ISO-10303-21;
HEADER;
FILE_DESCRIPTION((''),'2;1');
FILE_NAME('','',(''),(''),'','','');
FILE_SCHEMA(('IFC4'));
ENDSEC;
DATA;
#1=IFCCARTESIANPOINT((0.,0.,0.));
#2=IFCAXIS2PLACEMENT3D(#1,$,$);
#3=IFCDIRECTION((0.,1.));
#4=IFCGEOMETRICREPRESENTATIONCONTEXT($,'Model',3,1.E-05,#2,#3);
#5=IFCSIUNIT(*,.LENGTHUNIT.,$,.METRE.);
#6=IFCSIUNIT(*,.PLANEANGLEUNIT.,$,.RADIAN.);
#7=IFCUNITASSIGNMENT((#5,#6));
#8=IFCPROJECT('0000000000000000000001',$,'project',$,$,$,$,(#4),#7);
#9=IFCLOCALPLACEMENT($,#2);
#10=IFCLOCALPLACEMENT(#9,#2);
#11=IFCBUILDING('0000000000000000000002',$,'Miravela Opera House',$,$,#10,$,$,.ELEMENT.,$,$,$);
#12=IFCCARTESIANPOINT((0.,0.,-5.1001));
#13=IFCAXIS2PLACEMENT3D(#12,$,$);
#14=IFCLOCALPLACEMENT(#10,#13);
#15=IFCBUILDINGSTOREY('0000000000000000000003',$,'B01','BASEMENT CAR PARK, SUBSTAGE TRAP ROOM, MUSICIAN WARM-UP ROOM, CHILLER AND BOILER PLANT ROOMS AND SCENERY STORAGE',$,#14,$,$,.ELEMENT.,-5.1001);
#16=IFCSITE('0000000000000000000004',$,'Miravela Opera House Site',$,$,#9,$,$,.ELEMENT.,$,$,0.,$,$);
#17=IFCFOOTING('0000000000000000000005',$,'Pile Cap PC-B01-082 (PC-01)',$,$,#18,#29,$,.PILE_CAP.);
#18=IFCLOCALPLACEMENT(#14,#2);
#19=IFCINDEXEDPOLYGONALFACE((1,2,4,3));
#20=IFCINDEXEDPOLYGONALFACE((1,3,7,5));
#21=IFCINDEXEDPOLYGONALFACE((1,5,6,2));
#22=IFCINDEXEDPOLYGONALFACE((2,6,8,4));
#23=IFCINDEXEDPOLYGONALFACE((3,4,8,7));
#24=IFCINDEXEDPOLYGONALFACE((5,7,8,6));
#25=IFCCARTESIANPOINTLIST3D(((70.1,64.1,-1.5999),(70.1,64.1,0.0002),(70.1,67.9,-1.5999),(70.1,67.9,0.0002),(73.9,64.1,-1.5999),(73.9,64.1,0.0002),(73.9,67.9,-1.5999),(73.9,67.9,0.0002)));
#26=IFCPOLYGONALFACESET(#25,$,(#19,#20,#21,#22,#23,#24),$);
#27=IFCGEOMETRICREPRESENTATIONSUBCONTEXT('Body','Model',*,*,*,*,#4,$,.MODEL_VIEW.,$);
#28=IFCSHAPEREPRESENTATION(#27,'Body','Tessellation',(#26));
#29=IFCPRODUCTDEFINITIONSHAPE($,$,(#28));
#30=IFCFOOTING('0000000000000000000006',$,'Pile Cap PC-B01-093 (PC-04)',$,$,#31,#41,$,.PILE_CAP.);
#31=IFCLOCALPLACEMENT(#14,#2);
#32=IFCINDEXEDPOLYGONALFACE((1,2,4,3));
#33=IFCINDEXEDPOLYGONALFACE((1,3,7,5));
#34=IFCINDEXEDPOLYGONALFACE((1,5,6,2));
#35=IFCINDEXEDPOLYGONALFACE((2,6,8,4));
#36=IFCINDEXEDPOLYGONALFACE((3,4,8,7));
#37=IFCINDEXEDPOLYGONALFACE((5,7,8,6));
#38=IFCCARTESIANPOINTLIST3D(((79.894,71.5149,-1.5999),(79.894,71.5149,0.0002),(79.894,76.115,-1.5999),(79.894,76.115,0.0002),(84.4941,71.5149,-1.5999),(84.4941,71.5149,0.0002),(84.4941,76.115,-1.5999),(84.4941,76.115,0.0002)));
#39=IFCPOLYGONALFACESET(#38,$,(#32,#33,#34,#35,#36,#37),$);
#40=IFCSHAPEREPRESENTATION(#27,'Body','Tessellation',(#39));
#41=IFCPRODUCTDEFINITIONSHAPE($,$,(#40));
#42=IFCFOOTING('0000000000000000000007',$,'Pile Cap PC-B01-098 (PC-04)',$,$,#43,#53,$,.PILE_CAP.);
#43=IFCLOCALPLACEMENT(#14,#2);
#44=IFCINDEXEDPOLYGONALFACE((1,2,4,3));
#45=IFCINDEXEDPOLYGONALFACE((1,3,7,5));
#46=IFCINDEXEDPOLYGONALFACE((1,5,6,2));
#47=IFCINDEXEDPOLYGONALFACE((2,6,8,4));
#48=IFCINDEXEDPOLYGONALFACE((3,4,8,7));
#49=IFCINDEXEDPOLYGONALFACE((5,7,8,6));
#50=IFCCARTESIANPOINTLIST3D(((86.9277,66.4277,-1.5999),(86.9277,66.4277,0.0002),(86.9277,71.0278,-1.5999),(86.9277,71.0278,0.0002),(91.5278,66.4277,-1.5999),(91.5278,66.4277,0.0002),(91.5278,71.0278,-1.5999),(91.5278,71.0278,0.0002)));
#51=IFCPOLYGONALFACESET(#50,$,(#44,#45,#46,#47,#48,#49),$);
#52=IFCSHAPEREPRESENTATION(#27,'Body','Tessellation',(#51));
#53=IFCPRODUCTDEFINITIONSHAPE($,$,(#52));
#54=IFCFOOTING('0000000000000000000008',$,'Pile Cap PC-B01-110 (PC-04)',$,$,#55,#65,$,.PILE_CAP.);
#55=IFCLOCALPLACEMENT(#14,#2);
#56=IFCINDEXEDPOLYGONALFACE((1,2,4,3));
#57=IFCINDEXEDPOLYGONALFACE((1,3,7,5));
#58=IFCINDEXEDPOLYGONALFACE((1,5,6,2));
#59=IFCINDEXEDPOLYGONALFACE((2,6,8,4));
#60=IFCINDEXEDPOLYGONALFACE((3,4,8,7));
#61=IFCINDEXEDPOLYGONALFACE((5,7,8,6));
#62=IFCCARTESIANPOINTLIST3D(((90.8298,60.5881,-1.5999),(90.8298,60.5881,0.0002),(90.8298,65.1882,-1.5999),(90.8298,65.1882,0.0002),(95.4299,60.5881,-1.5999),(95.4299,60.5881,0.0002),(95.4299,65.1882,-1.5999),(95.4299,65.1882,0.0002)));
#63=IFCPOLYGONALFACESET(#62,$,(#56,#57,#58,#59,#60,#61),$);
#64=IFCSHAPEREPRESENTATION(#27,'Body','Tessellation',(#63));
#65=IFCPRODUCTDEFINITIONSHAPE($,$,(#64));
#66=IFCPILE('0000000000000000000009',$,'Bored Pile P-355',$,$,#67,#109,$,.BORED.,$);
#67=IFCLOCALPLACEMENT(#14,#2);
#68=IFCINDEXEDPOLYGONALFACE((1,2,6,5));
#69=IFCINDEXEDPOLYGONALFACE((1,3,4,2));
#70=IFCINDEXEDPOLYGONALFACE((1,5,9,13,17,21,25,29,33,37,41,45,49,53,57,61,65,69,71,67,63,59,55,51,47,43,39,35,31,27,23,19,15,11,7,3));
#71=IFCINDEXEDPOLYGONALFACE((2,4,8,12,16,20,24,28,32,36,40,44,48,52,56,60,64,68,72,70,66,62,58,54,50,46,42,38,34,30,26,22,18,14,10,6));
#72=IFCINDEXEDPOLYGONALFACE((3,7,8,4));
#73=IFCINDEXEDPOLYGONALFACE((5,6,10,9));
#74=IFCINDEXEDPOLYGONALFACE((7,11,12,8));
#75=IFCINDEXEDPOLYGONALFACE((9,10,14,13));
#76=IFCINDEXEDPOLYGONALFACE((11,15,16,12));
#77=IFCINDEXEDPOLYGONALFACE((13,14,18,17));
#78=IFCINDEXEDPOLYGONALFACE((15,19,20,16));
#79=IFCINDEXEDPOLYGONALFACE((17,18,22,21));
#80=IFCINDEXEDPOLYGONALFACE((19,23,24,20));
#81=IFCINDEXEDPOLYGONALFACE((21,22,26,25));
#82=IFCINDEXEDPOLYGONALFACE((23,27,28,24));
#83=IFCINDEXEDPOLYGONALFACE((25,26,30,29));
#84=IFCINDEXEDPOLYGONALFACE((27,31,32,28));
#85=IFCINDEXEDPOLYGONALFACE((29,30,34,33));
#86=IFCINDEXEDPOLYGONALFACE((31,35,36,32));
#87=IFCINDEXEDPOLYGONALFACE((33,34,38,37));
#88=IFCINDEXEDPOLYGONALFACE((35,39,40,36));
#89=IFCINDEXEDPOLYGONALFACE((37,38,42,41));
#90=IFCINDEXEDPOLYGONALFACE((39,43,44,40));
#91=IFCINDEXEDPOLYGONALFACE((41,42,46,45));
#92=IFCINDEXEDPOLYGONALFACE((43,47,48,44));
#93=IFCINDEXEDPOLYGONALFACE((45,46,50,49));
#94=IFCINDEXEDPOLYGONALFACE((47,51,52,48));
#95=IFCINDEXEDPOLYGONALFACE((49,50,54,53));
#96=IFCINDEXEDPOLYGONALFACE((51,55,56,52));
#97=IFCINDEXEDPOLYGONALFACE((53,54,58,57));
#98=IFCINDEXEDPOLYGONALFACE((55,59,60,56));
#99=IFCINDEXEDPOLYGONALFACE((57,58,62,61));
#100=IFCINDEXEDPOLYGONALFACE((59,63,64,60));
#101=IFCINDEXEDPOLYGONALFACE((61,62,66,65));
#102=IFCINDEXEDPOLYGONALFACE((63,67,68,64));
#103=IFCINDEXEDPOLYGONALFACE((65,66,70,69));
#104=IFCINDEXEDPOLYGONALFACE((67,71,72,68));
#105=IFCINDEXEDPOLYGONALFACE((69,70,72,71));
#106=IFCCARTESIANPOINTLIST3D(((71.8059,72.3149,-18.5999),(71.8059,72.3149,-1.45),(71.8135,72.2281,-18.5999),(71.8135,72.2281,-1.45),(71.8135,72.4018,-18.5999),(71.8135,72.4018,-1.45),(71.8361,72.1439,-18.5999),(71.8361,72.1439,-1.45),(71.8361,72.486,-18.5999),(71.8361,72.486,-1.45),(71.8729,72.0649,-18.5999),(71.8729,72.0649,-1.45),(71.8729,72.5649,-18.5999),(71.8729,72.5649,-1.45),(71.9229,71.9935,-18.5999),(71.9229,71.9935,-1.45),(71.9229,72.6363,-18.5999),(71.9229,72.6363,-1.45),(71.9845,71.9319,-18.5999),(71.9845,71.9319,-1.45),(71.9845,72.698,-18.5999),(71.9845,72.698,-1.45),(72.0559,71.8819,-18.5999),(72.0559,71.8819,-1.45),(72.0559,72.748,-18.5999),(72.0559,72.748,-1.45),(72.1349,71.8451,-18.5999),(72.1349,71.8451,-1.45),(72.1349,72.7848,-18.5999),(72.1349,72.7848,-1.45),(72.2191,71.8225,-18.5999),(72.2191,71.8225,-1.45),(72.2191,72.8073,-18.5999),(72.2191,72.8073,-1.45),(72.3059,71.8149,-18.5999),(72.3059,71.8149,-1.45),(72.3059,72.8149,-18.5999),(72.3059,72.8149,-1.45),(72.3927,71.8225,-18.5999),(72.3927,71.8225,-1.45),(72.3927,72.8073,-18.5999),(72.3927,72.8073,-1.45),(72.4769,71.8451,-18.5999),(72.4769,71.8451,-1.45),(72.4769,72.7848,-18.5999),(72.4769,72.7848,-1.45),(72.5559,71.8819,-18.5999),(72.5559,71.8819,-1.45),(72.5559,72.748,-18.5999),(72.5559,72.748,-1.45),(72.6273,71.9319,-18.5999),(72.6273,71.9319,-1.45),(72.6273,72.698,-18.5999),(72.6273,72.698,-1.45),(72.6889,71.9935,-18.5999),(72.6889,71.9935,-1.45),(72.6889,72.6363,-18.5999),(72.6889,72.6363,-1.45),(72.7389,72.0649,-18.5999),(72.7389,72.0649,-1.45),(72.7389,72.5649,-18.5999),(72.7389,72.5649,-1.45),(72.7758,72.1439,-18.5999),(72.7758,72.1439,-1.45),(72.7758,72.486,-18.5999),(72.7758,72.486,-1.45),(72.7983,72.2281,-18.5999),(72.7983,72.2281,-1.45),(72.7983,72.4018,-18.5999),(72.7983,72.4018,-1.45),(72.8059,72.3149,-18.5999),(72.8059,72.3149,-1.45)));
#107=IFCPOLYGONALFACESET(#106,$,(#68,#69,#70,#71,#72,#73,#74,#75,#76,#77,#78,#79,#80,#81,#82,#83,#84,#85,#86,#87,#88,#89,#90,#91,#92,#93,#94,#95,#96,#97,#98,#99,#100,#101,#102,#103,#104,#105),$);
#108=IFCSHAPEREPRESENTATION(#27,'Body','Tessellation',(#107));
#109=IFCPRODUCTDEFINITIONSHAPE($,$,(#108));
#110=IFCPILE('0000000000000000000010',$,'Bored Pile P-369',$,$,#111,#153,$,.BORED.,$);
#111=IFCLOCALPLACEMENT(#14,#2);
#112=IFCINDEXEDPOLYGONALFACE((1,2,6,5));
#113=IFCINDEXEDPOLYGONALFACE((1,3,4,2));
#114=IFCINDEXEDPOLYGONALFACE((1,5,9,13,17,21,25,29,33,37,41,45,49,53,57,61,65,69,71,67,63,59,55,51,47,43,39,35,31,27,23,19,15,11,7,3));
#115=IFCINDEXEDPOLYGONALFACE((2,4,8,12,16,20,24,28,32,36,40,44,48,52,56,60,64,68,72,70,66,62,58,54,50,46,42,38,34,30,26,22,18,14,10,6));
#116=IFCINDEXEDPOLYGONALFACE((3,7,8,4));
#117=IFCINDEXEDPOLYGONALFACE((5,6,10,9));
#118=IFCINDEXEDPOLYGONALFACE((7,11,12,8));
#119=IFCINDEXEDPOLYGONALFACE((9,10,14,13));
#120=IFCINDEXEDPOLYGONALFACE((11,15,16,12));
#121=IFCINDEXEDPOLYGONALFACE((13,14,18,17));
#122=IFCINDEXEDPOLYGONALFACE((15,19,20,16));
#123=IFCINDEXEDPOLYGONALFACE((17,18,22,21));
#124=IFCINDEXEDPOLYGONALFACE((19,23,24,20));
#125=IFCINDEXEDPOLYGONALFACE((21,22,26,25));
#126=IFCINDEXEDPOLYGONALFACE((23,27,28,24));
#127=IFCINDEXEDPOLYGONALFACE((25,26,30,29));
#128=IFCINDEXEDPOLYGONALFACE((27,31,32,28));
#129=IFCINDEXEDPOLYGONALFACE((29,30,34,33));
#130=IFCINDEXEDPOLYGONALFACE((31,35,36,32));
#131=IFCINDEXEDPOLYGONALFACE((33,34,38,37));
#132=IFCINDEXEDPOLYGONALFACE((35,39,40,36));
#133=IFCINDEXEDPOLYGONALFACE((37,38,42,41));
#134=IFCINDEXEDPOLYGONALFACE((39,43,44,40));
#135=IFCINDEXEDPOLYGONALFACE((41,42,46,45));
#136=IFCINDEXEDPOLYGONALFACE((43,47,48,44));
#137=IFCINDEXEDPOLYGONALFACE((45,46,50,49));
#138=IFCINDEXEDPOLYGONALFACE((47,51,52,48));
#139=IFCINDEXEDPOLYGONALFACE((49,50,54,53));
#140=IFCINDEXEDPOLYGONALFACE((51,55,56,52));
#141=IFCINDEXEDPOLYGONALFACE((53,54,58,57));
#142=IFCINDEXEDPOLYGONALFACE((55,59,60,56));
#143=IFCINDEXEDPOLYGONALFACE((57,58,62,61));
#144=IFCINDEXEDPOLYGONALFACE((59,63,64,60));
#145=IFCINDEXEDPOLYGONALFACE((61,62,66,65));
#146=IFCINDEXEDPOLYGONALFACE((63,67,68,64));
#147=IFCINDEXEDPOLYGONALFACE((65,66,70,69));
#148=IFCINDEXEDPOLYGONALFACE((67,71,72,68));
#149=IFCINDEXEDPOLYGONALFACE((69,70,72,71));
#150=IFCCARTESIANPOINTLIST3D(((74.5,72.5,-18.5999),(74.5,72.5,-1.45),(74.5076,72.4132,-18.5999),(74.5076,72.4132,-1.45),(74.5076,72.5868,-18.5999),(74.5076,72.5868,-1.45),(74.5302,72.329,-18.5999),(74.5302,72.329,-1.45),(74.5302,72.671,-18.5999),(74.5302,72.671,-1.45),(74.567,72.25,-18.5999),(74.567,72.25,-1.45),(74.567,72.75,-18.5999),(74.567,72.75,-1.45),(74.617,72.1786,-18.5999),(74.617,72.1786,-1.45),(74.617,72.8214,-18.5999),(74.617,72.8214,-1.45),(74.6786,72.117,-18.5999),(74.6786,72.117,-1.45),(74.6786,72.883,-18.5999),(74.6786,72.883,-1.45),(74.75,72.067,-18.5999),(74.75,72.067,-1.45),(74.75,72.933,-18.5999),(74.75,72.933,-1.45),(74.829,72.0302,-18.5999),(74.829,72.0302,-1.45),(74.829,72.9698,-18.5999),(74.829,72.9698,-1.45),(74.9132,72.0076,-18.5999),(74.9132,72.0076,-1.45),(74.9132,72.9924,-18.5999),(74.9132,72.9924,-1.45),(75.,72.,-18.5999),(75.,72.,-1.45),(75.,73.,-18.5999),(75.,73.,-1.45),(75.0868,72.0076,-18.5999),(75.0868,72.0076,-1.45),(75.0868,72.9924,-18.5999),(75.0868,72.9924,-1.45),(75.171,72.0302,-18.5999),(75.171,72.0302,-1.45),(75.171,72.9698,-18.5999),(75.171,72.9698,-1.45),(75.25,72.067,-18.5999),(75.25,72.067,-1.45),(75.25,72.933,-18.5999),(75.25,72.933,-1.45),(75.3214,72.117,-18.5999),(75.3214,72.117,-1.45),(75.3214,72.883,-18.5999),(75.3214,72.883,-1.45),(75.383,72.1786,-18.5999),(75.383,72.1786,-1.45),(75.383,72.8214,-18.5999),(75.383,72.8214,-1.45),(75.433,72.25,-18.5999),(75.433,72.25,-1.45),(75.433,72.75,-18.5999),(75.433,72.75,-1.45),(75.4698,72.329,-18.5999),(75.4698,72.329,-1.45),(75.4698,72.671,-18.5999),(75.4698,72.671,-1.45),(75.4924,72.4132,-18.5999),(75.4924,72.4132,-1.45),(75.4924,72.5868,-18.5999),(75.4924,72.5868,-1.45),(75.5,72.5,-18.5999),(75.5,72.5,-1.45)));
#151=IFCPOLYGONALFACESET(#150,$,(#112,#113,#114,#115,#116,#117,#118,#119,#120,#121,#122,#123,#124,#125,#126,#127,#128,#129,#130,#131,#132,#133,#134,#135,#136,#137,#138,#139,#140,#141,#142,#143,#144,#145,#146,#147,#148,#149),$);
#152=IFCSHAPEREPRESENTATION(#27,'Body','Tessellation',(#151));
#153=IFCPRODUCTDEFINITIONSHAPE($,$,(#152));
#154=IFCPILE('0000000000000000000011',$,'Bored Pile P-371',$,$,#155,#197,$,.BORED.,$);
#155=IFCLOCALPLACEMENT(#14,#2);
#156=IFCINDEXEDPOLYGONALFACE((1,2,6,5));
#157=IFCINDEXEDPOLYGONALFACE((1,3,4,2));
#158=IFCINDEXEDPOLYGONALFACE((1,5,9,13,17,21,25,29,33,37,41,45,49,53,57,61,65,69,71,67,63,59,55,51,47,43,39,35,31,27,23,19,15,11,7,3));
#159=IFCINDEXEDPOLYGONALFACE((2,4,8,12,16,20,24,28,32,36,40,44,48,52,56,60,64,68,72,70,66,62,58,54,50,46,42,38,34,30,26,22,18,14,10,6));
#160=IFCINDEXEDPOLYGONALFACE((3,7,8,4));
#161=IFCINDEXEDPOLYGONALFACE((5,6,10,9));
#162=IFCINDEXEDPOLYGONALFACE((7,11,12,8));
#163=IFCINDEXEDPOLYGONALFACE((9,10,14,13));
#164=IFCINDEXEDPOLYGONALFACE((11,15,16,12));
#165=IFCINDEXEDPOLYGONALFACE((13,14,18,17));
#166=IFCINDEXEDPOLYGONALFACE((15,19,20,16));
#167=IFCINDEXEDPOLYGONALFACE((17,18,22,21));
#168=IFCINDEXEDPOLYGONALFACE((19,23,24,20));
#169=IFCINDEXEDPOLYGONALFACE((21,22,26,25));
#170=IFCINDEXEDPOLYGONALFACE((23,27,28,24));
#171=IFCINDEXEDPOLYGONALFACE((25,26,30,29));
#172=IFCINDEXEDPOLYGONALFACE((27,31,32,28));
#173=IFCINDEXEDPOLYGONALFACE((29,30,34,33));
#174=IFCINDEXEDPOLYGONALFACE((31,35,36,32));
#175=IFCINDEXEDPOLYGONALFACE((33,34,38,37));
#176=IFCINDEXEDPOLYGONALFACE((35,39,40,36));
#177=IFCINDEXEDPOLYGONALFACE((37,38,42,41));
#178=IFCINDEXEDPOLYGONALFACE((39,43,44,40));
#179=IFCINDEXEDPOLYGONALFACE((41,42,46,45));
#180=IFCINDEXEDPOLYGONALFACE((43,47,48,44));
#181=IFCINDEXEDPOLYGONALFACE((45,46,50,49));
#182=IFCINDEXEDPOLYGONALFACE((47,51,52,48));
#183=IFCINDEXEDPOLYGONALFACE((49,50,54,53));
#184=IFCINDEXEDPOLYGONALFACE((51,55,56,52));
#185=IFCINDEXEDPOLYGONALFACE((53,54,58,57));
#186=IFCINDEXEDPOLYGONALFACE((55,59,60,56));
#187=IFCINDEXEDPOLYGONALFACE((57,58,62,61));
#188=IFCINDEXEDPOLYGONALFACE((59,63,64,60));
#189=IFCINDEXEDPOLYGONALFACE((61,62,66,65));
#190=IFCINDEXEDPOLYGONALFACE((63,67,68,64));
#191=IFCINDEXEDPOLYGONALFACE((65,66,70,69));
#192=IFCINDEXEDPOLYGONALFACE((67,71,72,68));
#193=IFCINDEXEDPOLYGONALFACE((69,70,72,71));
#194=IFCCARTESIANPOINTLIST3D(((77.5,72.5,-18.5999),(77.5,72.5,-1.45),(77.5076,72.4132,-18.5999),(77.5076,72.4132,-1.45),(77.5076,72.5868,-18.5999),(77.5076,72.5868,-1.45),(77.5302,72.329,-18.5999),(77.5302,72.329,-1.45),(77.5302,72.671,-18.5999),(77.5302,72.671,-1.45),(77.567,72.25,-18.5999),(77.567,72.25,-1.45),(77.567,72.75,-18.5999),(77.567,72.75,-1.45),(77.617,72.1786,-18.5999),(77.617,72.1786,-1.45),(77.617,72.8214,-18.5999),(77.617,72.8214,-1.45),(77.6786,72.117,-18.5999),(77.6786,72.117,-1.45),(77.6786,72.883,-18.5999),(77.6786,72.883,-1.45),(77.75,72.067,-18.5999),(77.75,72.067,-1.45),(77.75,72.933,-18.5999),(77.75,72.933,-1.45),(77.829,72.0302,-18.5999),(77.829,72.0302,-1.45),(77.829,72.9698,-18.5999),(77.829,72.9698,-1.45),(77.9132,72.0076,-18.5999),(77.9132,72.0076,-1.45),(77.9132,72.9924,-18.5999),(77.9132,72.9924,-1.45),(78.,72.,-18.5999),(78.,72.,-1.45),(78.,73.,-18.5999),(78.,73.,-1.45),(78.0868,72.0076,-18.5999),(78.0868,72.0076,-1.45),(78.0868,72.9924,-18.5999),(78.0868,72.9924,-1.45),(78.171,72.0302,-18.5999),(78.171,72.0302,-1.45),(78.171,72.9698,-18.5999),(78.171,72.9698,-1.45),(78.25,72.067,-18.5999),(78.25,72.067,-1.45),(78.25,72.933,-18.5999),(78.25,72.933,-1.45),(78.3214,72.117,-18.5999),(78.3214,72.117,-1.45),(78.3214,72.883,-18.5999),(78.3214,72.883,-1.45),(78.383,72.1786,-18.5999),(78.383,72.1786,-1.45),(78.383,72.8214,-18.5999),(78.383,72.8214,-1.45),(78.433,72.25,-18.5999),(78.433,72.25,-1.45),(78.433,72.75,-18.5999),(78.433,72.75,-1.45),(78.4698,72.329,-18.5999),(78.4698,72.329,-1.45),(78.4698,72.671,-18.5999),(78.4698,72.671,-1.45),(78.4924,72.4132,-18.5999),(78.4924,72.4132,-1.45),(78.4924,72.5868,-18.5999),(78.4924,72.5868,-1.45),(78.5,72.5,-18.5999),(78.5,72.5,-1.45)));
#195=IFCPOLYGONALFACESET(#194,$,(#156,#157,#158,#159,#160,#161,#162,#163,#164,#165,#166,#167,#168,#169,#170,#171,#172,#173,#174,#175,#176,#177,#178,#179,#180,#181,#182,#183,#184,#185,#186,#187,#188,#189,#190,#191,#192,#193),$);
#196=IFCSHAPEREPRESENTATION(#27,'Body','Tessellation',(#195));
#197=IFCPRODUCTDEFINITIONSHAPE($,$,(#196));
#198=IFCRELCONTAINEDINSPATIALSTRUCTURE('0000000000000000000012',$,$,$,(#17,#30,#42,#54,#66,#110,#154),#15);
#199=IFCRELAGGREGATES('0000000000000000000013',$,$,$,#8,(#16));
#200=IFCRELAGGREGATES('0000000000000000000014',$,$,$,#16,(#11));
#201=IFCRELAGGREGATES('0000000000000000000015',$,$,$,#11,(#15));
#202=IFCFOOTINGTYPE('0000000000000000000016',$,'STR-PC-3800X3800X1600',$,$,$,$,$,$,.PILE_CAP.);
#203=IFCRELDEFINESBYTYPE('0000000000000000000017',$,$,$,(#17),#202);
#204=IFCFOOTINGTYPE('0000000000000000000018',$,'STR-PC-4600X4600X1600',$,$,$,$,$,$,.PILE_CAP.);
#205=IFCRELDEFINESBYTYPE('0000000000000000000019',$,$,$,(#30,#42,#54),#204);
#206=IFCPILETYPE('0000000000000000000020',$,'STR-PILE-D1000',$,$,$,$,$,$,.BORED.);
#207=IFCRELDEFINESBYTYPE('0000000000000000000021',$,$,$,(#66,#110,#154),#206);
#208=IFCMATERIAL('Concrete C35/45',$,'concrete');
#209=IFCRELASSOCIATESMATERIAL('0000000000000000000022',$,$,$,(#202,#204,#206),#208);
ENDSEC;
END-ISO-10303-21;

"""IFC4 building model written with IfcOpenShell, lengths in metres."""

from ifc_helpers import new_model, si_unit, direction, frame, origin, origin_2d, place, context, subcontext, project, spatial, rectangle, circle, extrude, material, material_profile, profile_set, type_object, element, save


model = new_model("IFC4")

# Units and contexts
model_context = context("Model", 3, precision=1e-05, world=origin(), true_north=direction((0.0, 1.0)))
body_context = subcontext(model_context, "Body", "Model", "MODEL_VIEW")
ifc_project = project(units=[si_unit("LENGTHUNIT", "METRE"), si_unit("PLANEANGLEUNIT", "RADIAN")], contexts=[model_context])

# Site, building, storey
site_placement = place(None, origin())
site = spatial("IfcSite", under=ifc_project, at=site_placement, Name="Miravela Opera House Site", CompositionType="ELEMENT", RefElevation=0.0)
building_placement = place(site_placement, origin())
building = spatial("IfcBuilding", under=site, at=building_placement, Name="Miravela Opera House", CompositionType="ELEMENT")
storey_placement = place(building_placement, frame((0.0, 0.0, -5.1001)))
storey = spatial("IfcBuildingStorey", under=building, at=storey_placement, Name="B01", Description="BASEMENT CAR PARK, SUBSTAGE TRAP ROOM, MUSICIAN WARM-UP ROOM, CHILLER AND BOILER PLANT ROOMS AND SCENERY STORAGE", CompositionType="ELEMENT", Elevation=-5.1001)

# Footings
ifc_material_1 = material(Name="Concrete C35/45", Category="concrete")
footing_type_1 = type_object("IfcFootingType", Name="STR-PC-3800X3800X1600", PredefinedType="PILE_CAP", material=ifc_material_1)
footing_placement = place(storey_placement, frame((72.0, 66.0, -1.5999), z_axis=(0.0, 0.0, 1.0), x_axis=(1.0, 0.0, 0.0)))
element("IfcFooting", 1, at=footing_placement, inside=storey, type_object=footing_type_1, Name="Pile Cap PC-B01-082 (PC-01)", PredefinedType="PILE_CAP", context=body_context, shape_type="SweptSolid", body=[
    extrude(rectangle(XDim=3.8, YDim=3.8, at=origin_2d()), origin(), (0.0, 0.0, 1.0), 1.6001),
])
footing_type_2 = type_object("IfcFootingType", Name="STR-PC-4600X4600X1600", PredefinedType="PILE_CAP", material=ifc_material_1)
for number, where, z_axis, x_axis, name in (
    (2, (82.1941, 73.8149, -1.5999), (0.0, 0.0, 1.0), (1.0, 0.0, 0.0), "Pile Cap PC-B01-093 (PC-04)"),
    (3, (89.2278, 68.7278, -1.5999), (0.0, 0.0, 1.0), (1.0, 0.0, 0.0), "Pile Cap PC-B01-098 (PC-04)"),
    (4, (93.1299, 62.8882, -1.5999), (0.0, 0.0, 1.0), (1.0, 0.0, 0.0), "Pile Cap PC-B01-110 (PC-04)"),
):
    element("IfcFooting", number, at=place(storey_placement, frame(where, z_axis=z_axis, x_axis=x_axis)), inside=storey, type_object=footing_type_2, Name=name, PredefinedType="PILE_CAP", context=body_context, shape_type="SweptSolid", body=[
        extrude(rectangle(XDim=4.6001, YDim=4.6001, at=origin_2d()), origin(), (0.0, 0.0, 1.0), 1.6001),
    ])

# Piles
ifc_material_profile_1 = material_profile(ifc_material_1, circle(Radius=0.5, at=origin_2d()), Name="PILE-D1000")
ifc_profile_set_1 = profile_set([ifc_material_profile_1])
pile_type_1 = type_object("IfcPileType", Name="STR-PILE-D1000", PredefinedType="BORED", material=ifc_profile_set_1)
for number, where, z_axis, x_axis, name in (
    (5, (72.3059, 72.3149, -1.45), (0.0, 0.0, -1.0), (1.0, 0.0, 0.0), "Bored Pile P-355"),
    (6, (75.0, 72.5, -1.45), (0.0, 0.0, -1.0), (1.0, 0.0, 0.0), "Bored Pile P-369"),
    (7, (78.0, 72.5, -1.45), (0.0, 0.0, -1.0), (1.0, 0.0, 0.0), "Bored Pile P-371"),
):
    element("IfcPile", number, at=place(storey_placement, frame(where, z_axis=z_axis, x_axis=x_axis)), inside=storey, type_object=pile_type_1, Name=name, PredefinedType="BORED", context=body_context, shape_type="SweptSolid", body=[
        extrude(circle(Radius=0.5, at=origin_2d()), origin(), (0.0, 0.0, 1.0), 17.1499),
    ])

save(model, "model.ifc")
